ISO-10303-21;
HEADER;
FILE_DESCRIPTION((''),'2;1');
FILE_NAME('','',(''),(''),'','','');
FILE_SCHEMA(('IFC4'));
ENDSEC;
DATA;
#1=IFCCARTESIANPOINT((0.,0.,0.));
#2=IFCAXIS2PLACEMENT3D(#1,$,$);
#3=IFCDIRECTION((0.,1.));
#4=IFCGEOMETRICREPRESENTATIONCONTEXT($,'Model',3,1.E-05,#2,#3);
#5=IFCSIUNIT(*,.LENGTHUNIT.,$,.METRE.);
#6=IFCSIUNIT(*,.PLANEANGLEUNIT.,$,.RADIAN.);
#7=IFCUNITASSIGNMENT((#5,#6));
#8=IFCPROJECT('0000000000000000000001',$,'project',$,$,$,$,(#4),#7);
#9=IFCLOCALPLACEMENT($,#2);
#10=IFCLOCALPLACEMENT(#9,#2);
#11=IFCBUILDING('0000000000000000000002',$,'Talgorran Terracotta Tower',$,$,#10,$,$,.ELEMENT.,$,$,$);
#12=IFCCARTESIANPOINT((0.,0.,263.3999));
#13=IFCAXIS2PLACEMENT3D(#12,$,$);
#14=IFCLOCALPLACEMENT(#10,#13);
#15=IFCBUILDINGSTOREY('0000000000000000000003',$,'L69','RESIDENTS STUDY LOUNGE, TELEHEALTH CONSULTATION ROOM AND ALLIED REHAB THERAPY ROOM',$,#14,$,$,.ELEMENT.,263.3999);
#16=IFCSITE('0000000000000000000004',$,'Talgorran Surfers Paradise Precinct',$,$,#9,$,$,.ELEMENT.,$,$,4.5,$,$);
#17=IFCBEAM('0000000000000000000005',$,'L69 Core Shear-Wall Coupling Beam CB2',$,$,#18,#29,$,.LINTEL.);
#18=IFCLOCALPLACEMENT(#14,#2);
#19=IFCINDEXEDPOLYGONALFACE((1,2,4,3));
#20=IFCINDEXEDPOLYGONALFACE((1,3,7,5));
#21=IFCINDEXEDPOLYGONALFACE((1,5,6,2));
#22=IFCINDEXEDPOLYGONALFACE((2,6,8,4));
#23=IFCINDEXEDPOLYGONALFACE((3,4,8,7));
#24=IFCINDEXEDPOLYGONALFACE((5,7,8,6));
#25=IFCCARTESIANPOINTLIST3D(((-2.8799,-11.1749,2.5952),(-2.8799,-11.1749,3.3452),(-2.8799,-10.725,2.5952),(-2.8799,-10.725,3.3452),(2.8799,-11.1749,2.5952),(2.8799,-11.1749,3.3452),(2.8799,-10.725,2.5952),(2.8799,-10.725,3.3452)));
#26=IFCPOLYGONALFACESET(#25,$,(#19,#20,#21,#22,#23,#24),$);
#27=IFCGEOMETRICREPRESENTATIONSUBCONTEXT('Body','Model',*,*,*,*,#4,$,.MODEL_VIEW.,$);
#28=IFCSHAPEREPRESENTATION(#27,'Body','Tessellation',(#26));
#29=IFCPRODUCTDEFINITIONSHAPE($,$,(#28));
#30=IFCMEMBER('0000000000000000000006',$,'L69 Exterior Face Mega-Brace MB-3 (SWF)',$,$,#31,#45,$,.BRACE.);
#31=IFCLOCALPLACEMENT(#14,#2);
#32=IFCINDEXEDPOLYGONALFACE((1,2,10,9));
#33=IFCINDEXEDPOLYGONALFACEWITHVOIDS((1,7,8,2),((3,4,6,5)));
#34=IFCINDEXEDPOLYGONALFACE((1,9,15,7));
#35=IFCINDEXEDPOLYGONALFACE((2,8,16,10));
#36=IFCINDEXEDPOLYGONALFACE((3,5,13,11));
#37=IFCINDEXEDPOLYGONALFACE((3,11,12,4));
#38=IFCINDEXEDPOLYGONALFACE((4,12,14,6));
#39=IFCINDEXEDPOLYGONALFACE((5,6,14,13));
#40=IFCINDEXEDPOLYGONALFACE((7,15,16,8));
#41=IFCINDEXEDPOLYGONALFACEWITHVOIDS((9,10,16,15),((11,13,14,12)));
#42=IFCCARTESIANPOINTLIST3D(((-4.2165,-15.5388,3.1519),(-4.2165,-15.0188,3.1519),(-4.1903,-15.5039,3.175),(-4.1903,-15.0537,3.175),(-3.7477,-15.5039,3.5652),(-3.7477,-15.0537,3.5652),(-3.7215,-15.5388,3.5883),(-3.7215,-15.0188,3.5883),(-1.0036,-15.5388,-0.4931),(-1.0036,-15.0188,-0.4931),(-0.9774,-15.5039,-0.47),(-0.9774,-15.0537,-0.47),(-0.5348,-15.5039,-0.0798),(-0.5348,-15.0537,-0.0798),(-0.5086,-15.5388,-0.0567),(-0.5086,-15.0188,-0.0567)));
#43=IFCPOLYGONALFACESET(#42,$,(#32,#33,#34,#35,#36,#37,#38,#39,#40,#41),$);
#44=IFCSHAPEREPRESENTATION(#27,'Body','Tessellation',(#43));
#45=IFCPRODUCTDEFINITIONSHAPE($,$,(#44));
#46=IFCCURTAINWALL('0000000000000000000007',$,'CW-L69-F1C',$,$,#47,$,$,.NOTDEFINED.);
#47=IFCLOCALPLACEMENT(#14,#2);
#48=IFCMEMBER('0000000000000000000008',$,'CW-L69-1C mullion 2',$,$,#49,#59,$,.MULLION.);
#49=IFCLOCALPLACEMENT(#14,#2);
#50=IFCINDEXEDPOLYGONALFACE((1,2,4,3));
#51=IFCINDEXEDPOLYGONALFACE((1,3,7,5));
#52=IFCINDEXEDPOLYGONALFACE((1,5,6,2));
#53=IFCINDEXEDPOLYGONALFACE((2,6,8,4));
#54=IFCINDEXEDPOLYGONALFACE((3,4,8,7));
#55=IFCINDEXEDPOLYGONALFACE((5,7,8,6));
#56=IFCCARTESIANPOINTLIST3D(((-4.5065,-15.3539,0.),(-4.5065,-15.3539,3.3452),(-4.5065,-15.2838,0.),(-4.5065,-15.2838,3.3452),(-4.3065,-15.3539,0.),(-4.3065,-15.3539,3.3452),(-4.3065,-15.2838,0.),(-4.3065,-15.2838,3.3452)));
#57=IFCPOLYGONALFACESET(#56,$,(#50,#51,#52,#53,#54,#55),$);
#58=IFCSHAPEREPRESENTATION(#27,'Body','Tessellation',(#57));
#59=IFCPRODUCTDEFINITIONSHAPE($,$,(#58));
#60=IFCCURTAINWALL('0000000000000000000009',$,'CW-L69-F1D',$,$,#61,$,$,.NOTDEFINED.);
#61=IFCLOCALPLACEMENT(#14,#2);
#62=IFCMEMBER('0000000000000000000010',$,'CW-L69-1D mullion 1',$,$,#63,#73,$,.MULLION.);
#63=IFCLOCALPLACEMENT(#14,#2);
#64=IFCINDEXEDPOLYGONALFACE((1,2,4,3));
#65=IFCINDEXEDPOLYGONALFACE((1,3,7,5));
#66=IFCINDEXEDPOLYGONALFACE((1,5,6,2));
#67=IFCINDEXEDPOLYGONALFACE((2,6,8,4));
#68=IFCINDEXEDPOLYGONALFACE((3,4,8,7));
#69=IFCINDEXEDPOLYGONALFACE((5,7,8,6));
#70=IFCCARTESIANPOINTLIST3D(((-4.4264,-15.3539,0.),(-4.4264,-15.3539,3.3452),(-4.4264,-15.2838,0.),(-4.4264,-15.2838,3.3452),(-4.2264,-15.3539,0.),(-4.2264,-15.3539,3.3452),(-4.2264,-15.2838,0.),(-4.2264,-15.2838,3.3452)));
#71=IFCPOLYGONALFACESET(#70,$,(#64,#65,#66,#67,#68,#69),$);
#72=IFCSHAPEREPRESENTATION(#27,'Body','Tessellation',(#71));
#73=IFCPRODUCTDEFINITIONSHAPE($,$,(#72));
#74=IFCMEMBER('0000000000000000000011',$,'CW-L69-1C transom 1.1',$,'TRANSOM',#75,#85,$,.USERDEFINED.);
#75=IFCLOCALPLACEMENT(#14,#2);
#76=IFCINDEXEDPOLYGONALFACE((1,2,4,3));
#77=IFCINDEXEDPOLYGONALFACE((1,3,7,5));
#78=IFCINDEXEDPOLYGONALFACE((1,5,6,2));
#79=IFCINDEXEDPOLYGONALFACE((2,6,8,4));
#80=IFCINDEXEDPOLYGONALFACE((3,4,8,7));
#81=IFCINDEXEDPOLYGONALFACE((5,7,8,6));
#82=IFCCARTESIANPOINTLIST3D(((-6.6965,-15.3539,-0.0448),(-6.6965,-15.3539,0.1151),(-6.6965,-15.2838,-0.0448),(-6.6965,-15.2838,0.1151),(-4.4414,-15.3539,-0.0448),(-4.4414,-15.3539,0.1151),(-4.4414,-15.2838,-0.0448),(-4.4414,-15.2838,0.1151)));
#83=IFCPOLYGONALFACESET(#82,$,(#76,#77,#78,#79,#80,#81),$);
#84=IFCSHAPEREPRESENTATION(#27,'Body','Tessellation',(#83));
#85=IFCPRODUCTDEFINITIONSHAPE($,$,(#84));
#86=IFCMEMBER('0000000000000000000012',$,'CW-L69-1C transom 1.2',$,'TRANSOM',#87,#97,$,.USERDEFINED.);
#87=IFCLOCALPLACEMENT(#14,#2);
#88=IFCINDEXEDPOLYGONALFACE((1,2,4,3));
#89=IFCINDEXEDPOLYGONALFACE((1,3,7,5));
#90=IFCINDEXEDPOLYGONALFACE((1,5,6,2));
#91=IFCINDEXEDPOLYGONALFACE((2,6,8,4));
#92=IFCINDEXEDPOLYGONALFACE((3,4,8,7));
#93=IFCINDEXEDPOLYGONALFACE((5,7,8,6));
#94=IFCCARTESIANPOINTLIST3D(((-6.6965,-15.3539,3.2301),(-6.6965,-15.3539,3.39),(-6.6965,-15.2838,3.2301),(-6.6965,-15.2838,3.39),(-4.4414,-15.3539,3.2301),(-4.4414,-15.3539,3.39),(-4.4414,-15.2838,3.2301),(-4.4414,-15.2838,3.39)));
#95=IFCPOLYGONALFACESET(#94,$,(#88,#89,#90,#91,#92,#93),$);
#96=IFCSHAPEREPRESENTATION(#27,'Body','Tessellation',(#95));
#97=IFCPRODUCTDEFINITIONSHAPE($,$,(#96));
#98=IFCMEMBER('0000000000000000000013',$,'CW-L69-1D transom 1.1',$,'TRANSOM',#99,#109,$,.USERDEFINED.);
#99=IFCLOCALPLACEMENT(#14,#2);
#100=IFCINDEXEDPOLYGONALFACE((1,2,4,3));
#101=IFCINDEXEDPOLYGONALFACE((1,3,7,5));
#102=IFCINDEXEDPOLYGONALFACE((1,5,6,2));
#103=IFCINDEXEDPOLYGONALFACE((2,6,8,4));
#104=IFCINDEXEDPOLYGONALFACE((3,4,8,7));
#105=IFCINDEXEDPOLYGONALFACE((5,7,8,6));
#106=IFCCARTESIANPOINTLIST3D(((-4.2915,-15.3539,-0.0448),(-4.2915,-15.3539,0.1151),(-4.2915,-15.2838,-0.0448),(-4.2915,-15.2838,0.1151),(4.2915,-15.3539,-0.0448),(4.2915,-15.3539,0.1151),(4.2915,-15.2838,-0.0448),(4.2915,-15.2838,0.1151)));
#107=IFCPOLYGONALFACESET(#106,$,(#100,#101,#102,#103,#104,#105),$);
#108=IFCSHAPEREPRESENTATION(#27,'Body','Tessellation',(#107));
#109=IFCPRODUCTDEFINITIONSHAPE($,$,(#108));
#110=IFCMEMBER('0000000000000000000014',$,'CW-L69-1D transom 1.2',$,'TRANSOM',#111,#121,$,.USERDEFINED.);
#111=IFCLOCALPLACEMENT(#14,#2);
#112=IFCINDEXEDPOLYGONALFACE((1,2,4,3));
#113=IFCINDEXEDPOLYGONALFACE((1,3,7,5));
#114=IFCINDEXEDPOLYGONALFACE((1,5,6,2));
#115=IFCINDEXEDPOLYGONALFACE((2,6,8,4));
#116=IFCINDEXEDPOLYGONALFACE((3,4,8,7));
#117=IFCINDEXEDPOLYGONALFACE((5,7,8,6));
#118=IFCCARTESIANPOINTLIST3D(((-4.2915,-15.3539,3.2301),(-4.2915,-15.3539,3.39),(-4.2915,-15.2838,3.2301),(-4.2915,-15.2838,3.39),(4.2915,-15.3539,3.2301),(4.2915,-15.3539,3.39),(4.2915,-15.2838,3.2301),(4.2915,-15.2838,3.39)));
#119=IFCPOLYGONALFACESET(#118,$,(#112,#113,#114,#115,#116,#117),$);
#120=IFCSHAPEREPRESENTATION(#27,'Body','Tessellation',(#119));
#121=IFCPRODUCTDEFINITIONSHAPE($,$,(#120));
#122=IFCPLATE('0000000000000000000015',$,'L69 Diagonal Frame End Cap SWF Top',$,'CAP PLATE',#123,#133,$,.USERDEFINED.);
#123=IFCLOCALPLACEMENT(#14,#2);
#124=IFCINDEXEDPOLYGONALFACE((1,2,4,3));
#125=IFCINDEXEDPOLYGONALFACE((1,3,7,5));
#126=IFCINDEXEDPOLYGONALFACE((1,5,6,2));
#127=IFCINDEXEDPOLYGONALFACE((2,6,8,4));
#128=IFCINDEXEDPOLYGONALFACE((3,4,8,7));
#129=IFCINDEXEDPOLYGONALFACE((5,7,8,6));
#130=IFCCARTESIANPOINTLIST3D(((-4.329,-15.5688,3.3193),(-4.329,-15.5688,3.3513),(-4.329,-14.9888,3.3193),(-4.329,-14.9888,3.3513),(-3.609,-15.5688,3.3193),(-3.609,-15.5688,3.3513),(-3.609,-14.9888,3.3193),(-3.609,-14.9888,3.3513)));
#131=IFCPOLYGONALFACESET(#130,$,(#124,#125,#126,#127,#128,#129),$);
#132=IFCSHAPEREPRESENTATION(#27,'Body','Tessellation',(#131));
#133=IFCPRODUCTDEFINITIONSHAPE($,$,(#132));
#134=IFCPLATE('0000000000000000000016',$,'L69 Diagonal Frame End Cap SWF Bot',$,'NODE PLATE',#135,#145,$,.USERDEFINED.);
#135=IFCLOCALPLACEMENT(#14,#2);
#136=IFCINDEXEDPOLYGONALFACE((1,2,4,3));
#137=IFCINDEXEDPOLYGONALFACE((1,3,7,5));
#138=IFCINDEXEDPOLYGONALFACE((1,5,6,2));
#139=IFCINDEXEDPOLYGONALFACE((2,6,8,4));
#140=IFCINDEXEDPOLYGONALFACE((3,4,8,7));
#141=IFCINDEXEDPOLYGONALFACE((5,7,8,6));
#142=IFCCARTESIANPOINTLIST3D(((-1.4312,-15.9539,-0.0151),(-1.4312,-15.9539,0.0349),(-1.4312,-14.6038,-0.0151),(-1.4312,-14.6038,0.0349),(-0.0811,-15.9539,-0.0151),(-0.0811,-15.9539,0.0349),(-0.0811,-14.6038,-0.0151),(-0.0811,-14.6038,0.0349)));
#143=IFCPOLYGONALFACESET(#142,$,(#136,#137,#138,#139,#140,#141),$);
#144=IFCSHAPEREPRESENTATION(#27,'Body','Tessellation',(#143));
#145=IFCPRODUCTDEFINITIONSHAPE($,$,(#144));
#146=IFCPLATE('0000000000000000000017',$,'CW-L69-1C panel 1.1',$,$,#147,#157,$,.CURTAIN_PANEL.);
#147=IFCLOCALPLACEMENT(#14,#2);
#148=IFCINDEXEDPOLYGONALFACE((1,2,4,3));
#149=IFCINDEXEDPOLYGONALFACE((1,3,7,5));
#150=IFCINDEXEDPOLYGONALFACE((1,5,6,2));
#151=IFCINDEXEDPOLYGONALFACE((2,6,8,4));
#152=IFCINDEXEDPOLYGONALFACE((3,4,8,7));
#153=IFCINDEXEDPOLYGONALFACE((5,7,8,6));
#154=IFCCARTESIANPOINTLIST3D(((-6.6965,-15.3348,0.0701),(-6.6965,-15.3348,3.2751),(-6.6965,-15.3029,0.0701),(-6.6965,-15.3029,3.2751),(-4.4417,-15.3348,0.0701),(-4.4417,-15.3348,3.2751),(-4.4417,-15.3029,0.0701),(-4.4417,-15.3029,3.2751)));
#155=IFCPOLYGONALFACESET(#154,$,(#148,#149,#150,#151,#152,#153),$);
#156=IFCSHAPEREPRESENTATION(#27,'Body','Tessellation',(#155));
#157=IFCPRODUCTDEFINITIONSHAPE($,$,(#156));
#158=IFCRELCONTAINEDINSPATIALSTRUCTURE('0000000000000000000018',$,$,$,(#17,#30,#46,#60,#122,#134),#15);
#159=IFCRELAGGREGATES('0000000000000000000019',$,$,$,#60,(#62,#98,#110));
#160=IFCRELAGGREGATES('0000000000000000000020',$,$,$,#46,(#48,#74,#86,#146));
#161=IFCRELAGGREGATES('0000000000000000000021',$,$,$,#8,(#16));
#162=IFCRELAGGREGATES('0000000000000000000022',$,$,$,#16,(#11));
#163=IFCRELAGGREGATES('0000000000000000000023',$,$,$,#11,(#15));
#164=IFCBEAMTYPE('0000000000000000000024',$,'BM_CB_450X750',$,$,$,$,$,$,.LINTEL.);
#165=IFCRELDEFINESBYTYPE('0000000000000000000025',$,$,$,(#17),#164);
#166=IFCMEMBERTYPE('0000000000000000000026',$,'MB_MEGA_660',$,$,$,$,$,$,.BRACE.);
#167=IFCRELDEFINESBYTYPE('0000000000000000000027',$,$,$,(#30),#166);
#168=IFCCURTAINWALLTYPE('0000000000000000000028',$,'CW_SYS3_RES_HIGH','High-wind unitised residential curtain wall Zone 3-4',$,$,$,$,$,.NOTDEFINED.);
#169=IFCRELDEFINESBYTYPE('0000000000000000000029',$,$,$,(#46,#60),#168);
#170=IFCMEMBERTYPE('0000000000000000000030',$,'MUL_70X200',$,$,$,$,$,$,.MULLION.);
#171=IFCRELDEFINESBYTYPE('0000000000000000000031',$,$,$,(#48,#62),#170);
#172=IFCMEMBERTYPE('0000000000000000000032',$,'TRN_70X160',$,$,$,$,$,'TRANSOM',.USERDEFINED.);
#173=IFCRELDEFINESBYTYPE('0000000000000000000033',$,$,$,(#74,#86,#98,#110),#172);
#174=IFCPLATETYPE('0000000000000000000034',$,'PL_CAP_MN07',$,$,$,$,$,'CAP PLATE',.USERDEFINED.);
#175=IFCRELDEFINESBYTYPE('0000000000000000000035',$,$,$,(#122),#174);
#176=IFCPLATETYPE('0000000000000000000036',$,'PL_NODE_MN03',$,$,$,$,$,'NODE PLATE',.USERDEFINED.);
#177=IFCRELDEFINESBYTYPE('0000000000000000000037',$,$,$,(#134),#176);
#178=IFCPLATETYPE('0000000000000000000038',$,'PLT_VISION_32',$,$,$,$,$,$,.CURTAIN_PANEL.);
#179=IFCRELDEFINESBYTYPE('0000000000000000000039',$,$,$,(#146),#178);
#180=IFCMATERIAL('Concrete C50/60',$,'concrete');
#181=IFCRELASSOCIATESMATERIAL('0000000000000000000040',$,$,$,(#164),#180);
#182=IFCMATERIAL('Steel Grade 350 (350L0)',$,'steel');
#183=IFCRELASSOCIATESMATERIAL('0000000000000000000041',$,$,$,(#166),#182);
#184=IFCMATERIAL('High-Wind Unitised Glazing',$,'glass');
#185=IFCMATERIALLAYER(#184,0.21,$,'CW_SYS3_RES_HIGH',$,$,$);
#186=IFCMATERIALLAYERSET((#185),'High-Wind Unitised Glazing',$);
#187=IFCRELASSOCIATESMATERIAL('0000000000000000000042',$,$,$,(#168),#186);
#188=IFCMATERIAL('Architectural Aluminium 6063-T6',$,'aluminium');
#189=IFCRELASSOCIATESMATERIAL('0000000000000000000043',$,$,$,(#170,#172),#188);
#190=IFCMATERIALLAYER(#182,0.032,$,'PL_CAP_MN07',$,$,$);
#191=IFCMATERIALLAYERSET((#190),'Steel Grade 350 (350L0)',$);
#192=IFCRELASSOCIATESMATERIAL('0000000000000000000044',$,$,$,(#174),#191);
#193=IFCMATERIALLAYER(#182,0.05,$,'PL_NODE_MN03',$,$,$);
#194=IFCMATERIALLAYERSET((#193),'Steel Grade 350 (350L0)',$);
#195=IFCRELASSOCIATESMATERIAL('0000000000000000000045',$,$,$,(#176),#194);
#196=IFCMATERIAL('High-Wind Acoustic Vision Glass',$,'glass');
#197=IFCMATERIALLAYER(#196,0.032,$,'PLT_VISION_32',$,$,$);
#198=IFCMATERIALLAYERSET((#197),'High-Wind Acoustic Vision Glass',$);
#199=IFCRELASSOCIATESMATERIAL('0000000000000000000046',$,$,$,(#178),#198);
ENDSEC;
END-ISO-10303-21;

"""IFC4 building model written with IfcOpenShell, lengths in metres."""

from ifc_helpers import new_model, si_unit, direction, frame, origin, origin_2d, place, context, subcontext, project, spatial, rectangle, hollow_rectangle, extrude, source, transform, mapped, material, layer, layer_set, material_profile, profile_set, type_object, type_shapes, element, aggregate, save


model = new_model("IFC4")

# Units and contexts
model_context = context("Model", 3, precision=1e-05, world=origin(), true_north=direction((0.0, 1.0)))
body_context = subcontext(model_context, "Body", "Model", "MODEL_VIEW")
ifc_project = project(units=[si_unit("LENGTHUNIT", "METRE"), si_unit("PLANEANGLEUNIT", "RADIAN")], contexts=[model_context])

# Site, building, storey
site_placement = place(None, origin())
site = spatial("IfcSite", under=ifc_project, at=site_placement, Name="Talgorran Surfers Paradise Precinct", CompositionType="ELEMENT", RefElevation=4.5)
building_placement = place(site_placement, origin())
building = spatial("IfcBuilding", under=site, at=building_placement, Name="Talgorran Terracotta Tower", CompositionType="ELEMENT")
storey_placement = place(building_placement, frame((0.0, 0.0, 263.3999)))
storey = spatial("IfcBuildingStorey", under=building, at=storey_placement, Name="L69", Description="RESIDENTS STUDY LOUNGE, TELEHEALTH CONSULTATION ROOM AND ALLIED REHAB THERAPY ROOM", CompositionType="ELEMENT", Elevation=263.3999)

# Beam
ifc_material_1 = material(Name="Concrete C50/60", Category="concrete")
ifc_material_profile_1 = material_profile(ifc_material_1, rectangle(XDim=0.45, YDim=0.75, at=origin_2d()), Name="RCCB450X750")
ifc_profile_set_1 = profile_set([ifc_material_profile_1], Name="Concrete C50/60")
beam_type = type_object("IfcBeamType", Name="BM_CB_450X750", PredefinedType="LINTEL", material=ifc_profile_set_1)
beam_placement = place(storey_placement, frame((-2.8799, -10.95, 2.9702), z_axis=(1.0, 0.0, 0.0), x_axis=(0.0, 1.0, 0.0)))
element("IfcBeam", 1, at=beam_placement, inside=storey, type_object=beam_type, Name="L69 Core Shear-Wall Coupling Beam CB2", PredefinedType="LINTEL", context=body_context, shape_type="SweptSolid", body=[
    extrude(rectangle(XDim=0.45, YDim=0.75, at=origin_2d()), origin(), (0.0, 0.0, 1.0), 5.7598),
])

# Member
ifc_material_2 = material(Name="Steel Grade 350 (350L0)", Category="steel")
ifc_material_profile_2 = material_profile(ifc_material_2, hollow_rectangle(XDim=0.52, YDim=0.6599, WallThickness=0.0349, at=origin_2d()), Name="WBOX660X520X35")
ifc_profile_set_2 = profile_set([ifc_material_profile_2], Name="Steel Grade 350 (350L0)")
member_type_1 = type_object("IfcMemberType", Name="MB_MEGA_660", PredefinedType="BRACE", material=ifc_profile_set_2)
member_1_placement = place(storey_placement, frame((-0.7561, -15.2788, -0.2749), z_axis=(-0.661239, 0.0, 0.750175), x_axis=(0.0, -1.0, 0.0)))
element("IfcMember", 2, at=member_1_placement, inside=storey, type_object=member_type_1, Name="L69 Exterior Face Mega-Brace MB-3 (SWF)", PredefinedType="BRACE", context=body_context, shape_type="SweptSolid", body=[
    extrude(hollow_rectangle(XDim=0.52, YDim=0.6599, WallThickness=0.0349, at=origin_2d()), origin(), (0.0, 0.0, 1.0), 4.8589),
])

# Curtain walls, members
ifc_material_3 = material(Name="High-Wind Unitised Glazing", Category="glass")
ifc_layer_1 = layer(ifc_material_3, 0.21, Name="CW_SYS3_RES_HIGH")
ifc_layer_set_1 = layer_set([ifc_layer_1], Name="High-Wind Unitised Glazing")
curtain_wall_type = type_object("IfcCurtainWallType", Name="CW_SYS3_RES_HIGH", Description="High-wind unitised residential curtain wall Zone 3-4", PredefinedType="NOTDEFINED", material=ifc_layer_set_1)
curtain_wall_1_placement = place(storey_placement, origin())
curtain_wall_1 = element("IfcCurtainWall", 3, at=curtain_wall_1_placement, inside=storey, type_object=curtain_wall_type, Name="CW-L69-F1C", PredefinedType="NOTDEFINED")
ifc_material_4 = material(Name="Architectural Aluminium 6063-T6", Category="aluminium")
ifc_material_profile_3 = material_profile(ifc_material_4, rectangle(XDim=0.0701, YDim=0.2, at=origin_2d()), Name="CWM70X200")
ifc_profile_set_3 = profile_set([ifc_material_profile_3], Name="Architectural Aluminium 6063-T6")
member_type_2 = type_object("IfcMemberType", Name="MUL_70X200", PredefinedType="MULLION", material=ifc_profile_set_3)
member_2_placement = place(storey_placement, frame((-4.4065, -15.3188, 0.0), z_axis=(0.0, 0.0, 1.0), x_axis=(0.0, 1.0, 0.0)))
member_2 = element("IfcMember", 4, at=member_2_placement, type_object=member_type_2, Name="CW-L69-1C mullion 2", PredefinedType="MULLION", context=body_context, shape_type="SweptSolid", body=[
    extrude(rectangle(XDim=0.0701, YDim=0.2, at=origin_2d()), origin(), (0.0, 0.0, 1.0), 3.3452),
])
curtain_wall_2_placement = place(storey_placement, origin())
curtain_wall_2 = element("IfcCurtainWall", 5, at=curtain_wall_2_placement, inside=storey, type_object=curtain_wall_type, Name="CW-L69-F1D", PredefinedType="NOTDEFINED")
member_3_placement = place(storey_placement, frame((-4.3264, -15.3188, 0.0), z_axis=(0.0, 0.0, 1.0), x_axis=(0.0, 1.0, 0.0)))
member_3 = element("IfcMember", 6, at=member_3_placement, type_object=member_type_2, Name="CW-L69-1D mullion 1", PredefinedType="MULLION", context=body_context, shape_type="SweptSolid", body=[
    extrude(rectangle(XDim=0.0701, YDim=0.2, at=origin_2d()), origin(), (0.0, 0.0, 1.0), 3.3452),
])

# Members
ifc_material_profile_4 = material_profile(ifc_material_4, rectangle(XDim=0.0701, YDim=0.1599, at=origin_2d()), Name="CWT70X160")
ifc_profile_set_4 = profile_set([ifc_material_profile_4], Name="Architectural Aluminium 6063-T6")
member_type_3 = type_object("IfcMemberType", Name="TRN_70X160", ElementType="TRANSOM", PredefinedType="USERDEFINED", material=ifc_profile_set_4)
member_4_placement = place(storey_placement, frame((-6.6965, -15.3188, 0.0352), z_axis=(1.0, 0.0, 0.0), x_axis=(0.0, 1.0, 0.0)))
member_4 = element("IfcMember", 7, at=member_4_placement, type_object=member_type_3, Name="CW-L69-1C transom 1.1", ObjectType="TRANSOM", PredefinedType="USERDEFINED", context=body_context, shape_type="SweptSolid", body=[
    extrude(rectangle(XDim=0.0701, YDim=0.1599, at=origin_2d()), origin(), (0.0, 0.0, 1.0), 2.2551),
])
member_5_placement = place(storey_placement, frame((-6.6965, -15.3188, 3.3101), z_axis=(1.0, 0.0, 0.0), x_axis=(0.0, 1.0, 0.0)))
member_5 = element("IfcMember", 8, at=member_5_placement, type_object=member_type_3, Name="CW-L69-1C transom 1.2", ObjectType="TRANSOM", PredefinedType="USERDEFINED", context=body_context, shape_type="SweptSolid", body=[
    extrude(rectangle(XDim=0.0701, YDim=0.1599, at=origin_2d()), origin(), (0.0, 0.0, 1.0), 2.2551),
])
member_6_placement = place(storey_placement, frame((-4.2915, -15.3188, 0.0352), z_axis=(1.0, 0.0, 0.0), x_axis=(0.0, 1.0, 0.0)))
member_6 = element("IfcMember", 9, at=member_6_placement, type_object=member_type_3, Name="CW-L69-1D transom 1.1", ObjectType="TRANSOM", PredefinedType="USERDEFINED", context=body_context, shape_type="SweptSolid", body=[
    extrude(rectangle(XDim=0.0701, YDim=0.1599, at=origin_2d()), origin(), (0.0, 0.0, 1.0), 8.583),
])
member_7_placement = place(storey_placement, frame((-4.2915, -15.3188, 3.3101), z_axis=(1.0, 0.0, 0.0), x_axis=(0.0, 1.0, 0.0)))
member_7 = element("IfcMember", 10, at=member_7_placement, type_object=member_type_3, Name="CW-L69-1D transom 1.2", ObjectType="TRANSOM", PredefinedType="USERDEFINED", context=body_context, shape_type="SweptSolid", body=[
    extrude(rectangle(XDim=0.0701, YDim=0.1599, at=origin_2d()), origin(), (0.0, 0.0, 1.0), 8.583),
])
aggregate(curtain_wall_2, [member_3, member_6, member_7])

# Plates
ifc_layer_2 = layer(ifc_material_2, 0.032, Name="PL_CAP_MN07")
ifc_layer_set_2 = layer_set([ifc_layer_2], Name="Steel Grade 350 (350L0)")
plate_type_1 = type_object("IfcPlateType", Name="PL_CAP_MN07", ElementType="CAP PLATE", PredefinedType="USERDEFINED", material=ifc_layer_set_2)
plate_1_placement = place(storey_placement, frame((-3.969, -15.2788, 3.3193), z_axis=(0.0, 0.0, 1.0), x_axis=(-1.0, 0.0, 0.0)))
element("IfcPlate", 11, at=plate_1_placement, inside=storey, type_object=plate_type_1, Name="L69 Diagonal Frame End Cap SWF Top", ObjectType="CAP PLATE", PredefinedType="USERDEFINED", context=body_context, shape_type="SweptSolid", body=[
    extrude(rectangle(XDim=0.72, YDim=0.5801, at=origin_2d()), origin(), (0.0, 0.0, 1.0), 0.032),
])
ifc_layer_3 = layer(ifc_material_2, 0.05, Name="PL_NODE_MN03")
ifc_layer_set_3 = layer_set([ifc_layer_3], Name="Steel Grade 350 (350L0)")
plate_type_2 = type_object("IfcPlateType", Name="PL_NODE_MN03", ElementType="NODE PLATE", PredefinedType="USERDEFINED", material=ifc_layer_set_3)
plate_2_placement = place(storey_placement, frame((-0.7561, -15.2788, -0.0151), z_axis=(0.0, 0.0, 1.0), x_axis=(-1.0, 0.0, 0.0)))
element("IfcPlate", 12, at=plate_2_placement, inside=storey, type_object=plate_type_2, Name="L69 Diagonal Frame End Cap SWF Bot", ObjectType="NODE PLATE", PredefinedType="USERDEFINED", context=body_context, shape_type="SweptSolid", body=[
    extrude(rectangle(XDim=1.3501, YDim=1.3501, at=origin_2d()), origin(), (0.0, 0.0, 1.0), 0.05),
])

# Plate
ifc_material_5 = material(Name="High-Wind Acoustic Vision Glass", Category="glass")
ifc_layer_4 = layer(ifc_material_5, 0.032, Name="PLT_VISION_32")
ifc_layer_set_4 = layer_set([ifc_layer_4], Name="High-Wind Acoustic Vision Glass")
plate_type_3 = type_object("IfcPlateType", Name="PLT_VISION_32", PredefinedType="CURTAIN_PANEL", material=ifc_layer_set_4)
shared_shape = source(origin(), body_context, "Body", "SweptSolid", [
    extrude(rectangle(XDim=2.2549, YDim=0.032, at=origin_2d()), origin(), (0.0, 0.0, 1.0), 3.2051),
])
type_shapes(plate_type_3, [shared_shape])
plate_3_placement = place(storey_placement, frame((-5.5691, -15.3188, 0.0701), z_axis=(0.0, 0.0, 1.0), x_axis=(1.0, 0.0, 0.0)))
plate_3 = element("IfcPlate", 13, at=plate_3_placement, type_object=plate_type_3, Name="CW-L69-1C panel 1.1", PredefinedType="CURTAIN_PANEL", context=body_context, shape_type="MappedRepresentation", body=[
    mapped(shared_shape, transform((0.0, 0.0, 0.0), scale=1.0)),
])
aggregate(curtain_wall_1, [member_2, member_4, member_5, plate_3])

save(model, "model.ifc")
